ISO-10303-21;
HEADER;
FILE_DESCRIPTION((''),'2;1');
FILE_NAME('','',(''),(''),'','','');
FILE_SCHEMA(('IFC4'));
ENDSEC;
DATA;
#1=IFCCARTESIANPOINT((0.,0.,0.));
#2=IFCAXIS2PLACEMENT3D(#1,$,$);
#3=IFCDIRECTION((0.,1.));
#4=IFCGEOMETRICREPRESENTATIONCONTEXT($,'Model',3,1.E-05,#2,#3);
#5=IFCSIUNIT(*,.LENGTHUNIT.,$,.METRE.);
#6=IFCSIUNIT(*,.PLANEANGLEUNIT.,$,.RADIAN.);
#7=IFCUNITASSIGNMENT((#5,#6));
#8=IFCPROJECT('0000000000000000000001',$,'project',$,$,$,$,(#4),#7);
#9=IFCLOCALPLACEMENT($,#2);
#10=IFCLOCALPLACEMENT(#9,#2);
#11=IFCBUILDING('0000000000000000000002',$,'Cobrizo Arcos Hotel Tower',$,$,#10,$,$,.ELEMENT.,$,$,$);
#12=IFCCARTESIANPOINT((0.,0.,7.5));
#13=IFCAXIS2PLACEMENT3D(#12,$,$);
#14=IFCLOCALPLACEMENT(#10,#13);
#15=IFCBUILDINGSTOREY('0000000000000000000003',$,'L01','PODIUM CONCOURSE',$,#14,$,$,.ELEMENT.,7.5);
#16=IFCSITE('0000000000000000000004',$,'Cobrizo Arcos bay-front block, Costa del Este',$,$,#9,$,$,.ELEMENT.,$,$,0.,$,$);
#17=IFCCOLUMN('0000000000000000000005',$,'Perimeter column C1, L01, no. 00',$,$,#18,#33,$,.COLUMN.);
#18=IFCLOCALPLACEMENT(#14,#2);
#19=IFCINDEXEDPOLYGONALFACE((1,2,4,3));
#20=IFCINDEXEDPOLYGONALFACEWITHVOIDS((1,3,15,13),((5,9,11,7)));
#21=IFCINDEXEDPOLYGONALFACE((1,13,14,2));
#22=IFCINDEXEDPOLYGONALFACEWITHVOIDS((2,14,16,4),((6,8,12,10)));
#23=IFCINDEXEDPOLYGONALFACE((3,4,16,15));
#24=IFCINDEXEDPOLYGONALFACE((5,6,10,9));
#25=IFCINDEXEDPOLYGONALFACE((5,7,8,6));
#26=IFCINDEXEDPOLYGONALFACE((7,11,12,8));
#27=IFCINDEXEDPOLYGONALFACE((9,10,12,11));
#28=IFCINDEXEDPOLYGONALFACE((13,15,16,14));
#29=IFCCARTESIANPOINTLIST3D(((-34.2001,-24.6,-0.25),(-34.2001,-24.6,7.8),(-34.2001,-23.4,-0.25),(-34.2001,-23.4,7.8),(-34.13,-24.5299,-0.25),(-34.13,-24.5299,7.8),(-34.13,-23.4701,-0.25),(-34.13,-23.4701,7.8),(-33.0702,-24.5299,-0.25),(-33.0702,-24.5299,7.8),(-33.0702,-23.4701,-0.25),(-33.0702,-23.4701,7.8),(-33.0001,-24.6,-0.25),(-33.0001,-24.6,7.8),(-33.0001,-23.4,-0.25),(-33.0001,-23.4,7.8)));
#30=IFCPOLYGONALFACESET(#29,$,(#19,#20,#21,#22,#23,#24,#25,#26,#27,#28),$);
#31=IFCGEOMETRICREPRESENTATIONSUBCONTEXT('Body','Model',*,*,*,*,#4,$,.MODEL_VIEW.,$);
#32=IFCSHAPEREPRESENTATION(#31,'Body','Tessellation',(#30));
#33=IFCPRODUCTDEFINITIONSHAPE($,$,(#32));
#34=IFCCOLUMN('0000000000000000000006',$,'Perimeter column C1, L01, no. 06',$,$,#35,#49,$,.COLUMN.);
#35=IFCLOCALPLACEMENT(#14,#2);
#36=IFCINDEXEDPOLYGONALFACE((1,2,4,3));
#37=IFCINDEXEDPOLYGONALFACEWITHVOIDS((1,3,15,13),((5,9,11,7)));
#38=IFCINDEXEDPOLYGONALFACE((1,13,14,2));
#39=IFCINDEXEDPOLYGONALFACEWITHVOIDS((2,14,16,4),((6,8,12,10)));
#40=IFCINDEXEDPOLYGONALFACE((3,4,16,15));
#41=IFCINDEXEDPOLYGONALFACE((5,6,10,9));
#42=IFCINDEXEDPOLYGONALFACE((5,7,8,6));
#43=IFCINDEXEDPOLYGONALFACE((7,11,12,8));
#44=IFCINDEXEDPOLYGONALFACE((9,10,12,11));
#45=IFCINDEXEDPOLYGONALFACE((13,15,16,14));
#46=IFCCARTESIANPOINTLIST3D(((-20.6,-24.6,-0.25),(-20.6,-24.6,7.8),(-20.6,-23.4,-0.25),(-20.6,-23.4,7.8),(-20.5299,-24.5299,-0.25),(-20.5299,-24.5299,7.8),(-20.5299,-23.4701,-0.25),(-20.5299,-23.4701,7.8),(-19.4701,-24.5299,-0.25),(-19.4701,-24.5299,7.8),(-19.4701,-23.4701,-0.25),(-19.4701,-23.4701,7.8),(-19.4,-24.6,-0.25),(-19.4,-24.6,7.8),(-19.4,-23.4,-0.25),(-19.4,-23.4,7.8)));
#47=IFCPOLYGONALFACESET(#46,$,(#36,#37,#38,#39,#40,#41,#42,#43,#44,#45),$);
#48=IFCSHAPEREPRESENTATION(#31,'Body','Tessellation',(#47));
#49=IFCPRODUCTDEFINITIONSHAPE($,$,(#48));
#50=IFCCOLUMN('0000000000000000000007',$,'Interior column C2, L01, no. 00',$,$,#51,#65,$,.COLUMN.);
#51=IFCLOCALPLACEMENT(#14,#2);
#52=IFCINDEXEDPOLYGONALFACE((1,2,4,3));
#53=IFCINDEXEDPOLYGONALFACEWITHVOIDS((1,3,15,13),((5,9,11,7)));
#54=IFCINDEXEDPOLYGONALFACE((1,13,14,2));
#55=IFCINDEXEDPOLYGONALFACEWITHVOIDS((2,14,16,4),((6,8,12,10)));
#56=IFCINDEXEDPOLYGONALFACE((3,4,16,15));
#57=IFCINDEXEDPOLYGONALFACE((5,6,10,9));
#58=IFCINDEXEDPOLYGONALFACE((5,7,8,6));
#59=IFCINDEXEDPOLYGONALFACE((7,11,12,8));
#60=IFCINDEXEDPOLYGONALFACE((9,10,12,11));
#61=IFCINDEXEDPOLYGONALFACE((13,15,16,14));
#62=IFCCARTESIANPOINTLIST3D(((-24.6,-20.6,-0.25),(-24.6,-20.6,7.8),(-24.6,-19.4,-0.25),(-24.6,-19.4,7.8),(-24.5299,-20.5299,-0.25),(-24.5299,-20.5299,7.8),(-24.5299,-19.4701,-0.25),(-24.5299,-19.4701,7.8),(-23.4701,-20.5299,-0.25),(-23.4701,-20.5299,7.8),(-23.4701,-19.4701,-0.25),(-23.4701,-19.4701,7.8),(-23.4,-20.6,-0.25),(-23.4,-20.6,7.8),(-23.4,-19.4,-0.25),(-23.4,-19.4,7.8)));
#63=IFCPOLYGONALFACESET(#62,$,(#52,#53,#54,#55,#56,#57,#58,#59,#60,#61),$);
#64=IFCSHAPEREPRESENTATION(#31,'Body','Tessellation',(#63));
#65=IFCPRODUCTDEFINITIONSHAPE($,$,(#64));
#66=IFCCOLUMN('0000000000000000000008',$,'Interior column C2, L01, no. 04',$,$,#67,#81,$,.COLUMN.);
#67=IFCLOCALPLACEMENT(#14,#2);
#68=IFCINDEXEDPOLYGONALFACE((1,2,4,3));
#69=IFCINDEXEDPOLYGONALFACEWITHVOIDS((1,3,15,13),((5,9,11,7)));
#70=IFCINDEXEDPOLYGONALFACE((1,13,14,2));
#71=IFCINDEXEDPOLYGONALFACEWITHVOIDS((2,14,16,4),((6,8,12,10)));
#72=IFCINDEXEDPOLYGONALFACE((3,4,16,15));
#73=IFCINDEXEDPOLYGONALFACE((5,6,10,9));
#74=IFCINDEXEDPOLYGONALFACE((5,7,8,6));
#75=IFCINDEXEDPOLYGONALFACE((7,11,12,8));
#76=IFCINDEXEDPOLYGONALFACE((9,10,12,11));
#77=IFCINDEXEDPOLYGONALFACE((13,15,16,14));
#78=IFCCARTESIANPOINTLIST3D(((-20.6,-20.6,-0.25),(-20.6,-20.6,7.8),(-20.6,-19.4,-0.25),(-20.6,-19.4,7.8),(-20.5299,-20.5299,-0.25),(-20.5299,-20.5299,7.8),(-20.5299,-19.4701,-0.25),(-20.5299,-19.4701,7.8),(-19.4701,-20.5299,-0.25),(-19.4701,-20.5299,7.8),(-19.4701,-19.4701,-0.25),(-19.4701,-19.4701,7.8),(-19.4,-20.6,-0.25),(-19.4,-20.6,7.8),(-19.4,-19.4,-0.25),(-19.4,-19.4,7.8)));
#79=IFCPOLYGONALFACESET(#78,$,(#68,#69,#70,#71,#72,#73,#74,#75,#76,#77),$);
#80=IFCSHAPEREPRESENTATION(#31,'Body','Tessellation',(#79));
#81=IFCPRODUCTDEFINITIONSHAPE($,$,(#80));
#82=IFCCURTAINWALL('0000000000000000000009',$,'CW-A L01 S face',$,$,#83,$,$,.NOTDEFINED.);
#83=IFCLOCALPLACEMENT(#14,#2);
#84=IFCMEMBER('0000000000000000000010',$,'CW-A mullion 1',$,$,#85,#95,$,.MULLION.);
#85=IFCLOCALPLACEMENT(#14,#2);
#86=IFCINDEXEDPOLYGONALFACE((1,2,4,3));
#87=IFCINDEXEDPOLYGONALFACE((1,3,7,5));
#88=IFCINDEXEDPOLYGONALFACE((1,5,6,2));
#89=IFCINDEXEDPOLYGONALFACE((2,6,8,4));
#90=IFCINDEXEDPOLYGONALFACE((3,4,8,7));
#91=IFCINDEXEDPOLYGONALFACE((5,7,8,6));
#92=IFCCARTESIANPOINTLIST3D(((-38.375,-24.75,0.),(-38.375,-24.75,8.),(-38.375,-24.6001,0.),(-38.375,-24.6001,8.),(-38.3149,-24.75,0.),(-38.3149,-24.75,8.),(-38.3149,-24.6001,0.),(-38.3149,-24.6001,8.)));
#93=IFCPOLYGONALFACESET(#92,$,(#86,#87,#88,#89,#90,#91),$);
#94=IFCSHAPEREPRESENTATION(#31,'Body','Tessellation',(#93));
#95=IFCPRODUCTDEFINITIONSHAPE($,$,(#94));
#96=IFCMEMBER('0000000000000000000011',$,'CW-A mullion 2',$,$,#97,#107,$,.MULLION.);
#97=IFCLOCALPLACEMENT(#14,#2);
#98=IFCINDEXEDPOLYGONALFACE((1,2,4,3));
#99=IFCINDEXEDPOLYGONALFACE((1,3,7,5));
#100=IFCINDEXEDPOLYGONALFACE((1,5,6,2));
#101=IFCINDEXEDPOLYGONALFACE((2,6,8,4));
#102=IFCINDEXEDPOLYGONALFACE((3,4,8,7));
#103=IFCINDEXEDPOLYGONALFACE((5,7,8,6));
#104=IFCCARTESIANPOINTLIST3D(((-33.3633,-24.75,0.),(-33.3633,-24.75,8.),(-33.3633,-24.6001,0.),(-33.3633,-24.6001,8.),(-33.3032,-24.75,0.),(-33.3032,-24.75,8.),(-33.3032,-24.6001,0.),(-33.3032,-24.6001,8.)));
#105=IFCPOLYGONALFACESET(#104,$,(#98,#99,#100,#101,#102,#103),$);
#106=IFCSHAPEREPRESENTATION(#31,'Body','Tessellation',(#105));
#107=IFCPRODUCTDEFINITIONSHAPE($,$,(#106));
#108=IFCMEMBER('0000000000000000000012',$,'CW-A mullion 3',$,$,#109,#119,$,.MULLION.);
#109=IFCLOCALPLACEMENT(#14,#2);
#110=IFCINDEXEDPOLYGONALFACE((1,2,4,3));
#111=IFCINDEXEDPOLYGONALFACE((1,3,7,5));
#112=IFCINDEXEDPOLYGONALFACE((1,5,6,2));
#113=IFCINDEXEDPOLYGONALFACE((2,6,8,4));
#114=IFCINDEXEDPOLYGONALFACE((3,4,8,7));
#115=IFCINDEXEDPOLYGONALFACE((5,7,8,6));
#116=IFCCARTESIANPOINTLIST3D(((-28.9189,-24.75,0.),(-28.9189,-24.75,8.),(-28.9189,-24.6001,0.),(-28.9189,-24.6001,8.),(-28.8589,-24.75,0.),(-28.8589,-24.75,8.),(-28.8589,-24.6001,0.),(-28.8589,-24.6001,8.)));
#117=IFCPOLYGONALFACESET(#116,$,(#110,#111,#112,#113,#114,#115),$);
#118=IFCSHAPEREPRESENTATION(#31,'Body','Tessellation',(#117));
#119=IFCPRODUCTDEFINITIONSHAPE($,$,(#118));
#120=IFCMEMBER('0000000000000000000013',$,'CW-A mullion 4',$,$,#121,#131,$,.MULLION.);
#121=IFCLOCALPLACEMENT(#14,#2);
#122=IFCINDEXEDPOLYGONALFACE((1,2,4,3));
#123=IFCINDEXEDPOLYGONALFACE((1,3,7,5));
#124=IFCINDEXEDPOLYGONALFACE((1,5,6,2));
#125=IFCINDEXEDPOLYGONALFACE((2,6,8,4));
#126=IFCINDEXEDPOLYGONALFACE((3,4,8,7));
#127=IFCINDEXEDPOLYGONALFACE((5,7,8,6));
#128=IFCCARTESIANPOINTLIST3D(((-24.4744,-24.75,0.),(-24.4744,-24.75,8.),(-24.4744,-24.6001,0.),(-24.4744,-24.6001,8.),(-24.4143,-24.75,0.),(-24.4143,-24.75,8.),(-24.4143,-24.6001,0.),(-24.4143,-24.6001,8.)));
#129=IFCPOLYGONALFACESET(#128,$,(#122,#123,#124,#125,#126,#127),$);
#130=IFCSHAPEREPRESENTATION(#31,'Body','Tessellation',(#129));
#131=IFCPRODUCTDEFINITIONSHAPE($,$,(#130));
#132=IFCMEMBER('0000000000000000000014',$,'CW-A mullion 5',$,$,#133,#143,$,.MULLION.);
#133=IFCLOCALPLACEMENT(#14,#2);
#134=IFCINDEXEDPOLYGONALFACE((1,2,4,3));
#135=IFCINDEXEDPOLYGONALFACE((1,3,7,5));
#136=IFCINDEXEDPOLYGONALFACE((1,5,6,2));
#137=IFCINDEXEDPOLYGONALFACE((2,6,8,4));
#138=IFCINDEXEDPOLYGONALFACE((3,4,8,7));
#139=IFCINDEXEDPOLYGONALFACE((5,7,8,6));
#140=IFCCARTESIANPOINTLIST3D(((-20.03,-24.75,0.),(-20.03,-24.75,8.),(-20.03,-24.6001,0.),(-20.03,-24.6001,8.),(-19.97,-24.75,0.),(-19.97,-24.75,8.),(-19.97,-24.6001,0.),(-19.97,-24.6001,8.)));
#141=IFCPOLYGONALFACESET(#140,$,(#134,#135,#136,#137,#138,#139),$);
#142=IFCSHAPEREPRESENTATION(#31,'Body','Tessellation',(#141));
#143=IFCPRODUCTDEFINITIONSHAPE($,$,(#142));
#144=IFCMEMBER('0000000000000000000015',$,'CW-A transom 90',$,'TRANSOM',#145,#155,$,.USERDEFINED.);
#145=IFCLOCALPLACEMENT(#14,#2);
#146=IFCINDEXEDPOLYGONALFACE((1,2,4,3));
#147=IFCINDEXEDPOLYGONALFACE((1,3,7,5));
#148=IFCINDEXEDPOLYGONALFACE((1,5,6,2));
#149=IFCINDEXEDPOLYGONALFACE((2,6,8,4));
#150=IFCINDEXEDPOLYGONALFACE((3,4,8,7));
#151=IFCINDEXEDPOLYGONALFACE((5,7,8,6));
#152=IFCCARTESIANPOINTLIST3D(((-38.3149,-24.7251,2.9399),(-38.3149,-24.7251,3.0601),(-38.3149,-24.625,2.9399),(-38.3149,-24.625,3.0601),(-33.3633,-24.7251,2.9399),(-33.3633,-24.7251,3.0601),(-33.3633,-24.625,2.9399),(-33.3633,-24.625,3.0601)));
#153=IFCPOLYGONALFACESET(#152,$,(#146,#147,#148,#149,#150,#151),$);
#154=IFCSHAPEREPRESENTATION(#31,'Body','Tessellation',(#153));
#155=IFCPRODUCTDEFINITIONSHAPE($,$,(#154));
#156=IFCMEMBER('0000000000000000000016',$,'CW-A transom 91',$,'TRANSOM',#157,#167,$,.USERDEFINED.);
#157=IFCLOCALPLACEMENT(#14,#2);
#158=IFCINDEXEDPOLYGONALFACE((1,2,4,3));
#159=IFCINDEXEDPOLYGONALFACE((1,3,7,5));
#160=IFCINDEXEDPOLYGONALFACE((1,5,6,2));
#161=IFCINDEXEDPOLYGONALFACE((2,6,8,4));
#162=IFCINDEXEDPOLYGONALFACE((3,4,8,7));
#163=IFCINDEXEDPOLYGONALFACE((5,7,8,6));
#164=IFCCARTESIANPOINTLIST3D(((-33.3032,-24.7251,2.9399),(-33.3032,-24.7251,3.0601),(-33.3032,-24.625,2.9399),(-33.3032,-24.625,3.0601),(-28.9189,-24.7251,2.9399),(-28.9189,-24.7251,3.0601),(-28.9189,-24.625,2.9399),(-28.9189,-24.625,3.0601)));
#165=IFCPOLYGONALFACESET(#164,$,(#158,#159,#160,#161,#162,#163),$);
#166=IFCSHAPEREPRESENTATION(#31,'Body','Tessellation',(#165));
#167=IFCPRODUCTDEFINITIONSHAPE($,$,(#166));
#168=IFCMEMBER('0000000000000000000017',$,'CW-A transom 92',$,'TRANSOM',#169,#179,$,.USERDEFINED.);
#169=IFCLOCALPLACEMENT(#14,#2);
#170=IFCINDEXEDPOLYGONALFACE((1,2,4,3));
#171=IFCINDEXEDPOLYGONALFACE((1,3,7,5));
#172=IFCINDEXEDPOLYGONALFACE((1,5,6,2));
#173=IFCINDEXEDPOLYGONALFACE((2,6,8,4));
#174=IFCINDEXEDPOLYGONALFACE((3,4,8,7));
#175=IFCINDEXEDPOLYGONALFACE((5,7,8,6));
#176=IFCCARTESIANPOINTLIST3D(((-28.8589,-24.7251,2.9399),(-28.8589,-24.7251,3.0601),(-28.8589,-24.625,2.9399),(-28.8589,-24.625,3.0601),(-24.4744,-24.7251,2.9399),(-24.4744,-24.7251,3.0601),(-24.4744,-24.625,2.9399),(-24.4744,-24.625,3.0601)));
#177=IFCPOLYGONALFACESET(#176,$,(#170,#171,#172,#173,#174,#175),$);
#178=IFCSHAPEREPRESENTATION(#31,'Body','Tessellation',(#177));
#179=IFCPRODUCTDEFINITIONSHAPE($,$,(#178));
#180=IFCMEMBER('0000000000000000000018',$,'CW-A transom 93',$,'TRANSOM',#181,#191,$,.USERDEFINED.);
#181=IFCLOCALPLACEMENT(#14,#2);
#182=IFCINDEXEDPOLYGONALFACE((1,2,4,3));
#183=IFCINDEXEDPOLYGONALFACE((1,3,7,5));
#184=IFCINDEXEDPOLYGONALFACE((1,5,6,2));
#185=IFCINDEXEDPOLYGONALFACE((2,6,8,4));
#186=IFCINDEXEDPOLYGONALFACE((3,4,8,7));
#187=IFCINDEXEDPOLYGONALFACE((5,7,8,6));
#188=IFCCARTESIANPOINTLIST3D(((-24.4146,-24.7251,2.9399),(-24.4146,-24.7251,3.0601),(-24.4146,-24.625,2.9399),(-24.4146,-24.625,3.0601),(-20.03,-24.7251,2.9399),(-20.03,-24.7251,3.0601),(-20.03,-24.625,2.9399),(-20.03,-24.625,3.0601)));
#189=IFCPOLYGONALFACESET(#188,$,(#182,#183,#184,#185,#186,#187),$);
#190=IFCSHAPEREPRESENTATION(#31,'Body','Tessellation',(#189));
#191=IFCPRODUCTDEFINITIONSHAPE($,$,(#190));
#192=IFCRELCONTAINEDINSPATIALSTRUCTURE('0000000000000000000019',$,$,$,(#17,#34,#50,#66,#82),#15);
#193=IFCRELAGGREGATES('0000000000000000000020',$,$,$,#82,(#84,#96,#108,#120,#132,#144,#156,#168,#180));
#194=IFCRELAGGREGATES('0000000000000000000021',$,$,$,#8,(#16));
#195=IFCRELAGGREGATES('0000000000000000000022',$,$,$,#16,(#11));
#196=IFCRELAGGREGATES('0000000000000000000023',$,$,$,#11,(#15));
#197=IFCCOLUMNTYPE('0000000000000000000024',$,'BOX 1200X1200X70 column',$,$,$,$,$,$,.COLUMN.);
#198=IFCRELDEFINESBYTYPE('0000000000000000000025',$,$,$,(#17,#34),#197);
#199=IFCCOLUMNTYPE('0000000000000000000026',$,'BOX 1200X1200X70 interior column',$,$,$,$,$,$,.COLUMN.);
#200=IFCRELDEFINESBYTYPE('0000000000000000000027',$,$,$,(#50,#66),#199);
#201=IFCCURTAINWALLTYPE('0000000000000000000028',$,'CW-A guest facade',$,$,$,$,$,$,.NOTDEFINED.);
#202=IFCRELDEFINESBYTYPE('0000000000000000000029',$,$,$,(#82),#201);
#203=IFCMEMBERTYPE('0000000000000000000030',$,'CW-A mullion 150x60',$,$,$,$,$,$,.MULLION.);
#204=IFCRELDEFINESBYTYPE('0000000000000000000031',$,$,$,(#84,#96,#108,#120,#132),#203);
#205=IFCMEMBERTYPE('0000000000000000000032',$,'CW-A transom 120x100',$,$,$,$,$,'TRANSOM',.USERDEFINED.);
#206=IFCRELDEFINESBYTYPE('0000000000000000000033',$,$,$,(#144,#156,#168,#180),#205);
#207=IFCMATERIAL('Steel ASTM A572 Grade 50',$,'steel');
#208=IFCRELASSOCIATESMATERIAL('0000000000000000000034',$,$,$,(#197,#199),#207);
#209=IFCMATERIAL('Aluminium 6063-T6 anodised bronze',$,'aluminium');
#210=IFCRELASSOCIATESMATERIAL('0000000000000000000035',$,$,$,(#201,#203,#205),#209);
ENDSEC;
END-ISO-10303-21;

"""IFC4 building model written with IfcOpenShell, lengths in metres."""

from ifc_helpers import new_model, si_unit, direction, frame, origin, origin_2d, place, context, subcontext, project, spatial, rectangle, hollow_rectangle, extrude, material, material_profile, profile_set, type_object, element, aggregate, save


model = new_model("IFC4")

# Units and contexts
model_context = context("Model", 3, precision=1e-05, world=origin(), true_north=direction((0.0, 1.0)))
body_context = subcontext(model_context, "Body", "Model", "MODEL_VIEW")
ifc_project = project(units=[si_unit("LENGTHUNIT", "METRE"), si_unit("PLANEANGLEUNIT", "RADIAN")], contexts=[model_context])

# Site, building, storey
site_placement = place(None, origin())
site = spatial("IfcSite", under=ifc_project, at=site_placement, Name="Cobrizo Arcos bay-front block, Costa del Este", CompositionType="ELEMENT", RefElevation=0.0)
building_placement = place(site_placement, origin())
building = spatial("IfcBuilding", under=site, at=building_placement, Name="Cobrizo Arcos Hotel Tower", CompositionType="ELEMENT")
storey_placement = place(building_placement, frame((0.0, 0.0, 7.5)))
storey = spatial("IfcBuildingStorey", under=building, at=storey_placement, Name="L01", Description="PODIUM CONCOURSE", CompositionType="ELEMENT", Elevation=7.5)

# Columns
ifc_material_1 = material(Name="Steel ASTM A572 Grade 50", Category="steel")
ifc_material_profile_1 = material_profile(ifc_material_1, hollow_rectangle(XDim=1.2, YDim=1.2, WallThickness=0.0701, at=origin_2d()), Name="BOX 1200X1200X70")
ifc_profile_set_1 = profile_set([ifc_material_profile_1], Name="Steel ASTM A572 Grade 50")
column_type_1 = type_object("IfcColumnType", Name="BOX 1200X1200X70 column", PredefinedType="COLUMN", material=ifc_profile_set_1)
for number, where, z_axis, x_axis, name in (
    (1, (-33.6001, -24.0, -0.25), (0.0, 0.0, 1.0), (1.0, 0.0, 0.0), "Perimeter column C1, L01, no. 00"),
    (2, (-20.0, -24.0, -0.25), (0.0, 0.0, 1.0), (1.0, 0.0, 0.0), "Perimeter column C1, L01, no. 06"),
):
    element("IfcColumn", number, at=place(storey_placement, frame(where, z_axis=z_axis, x_axis=x_axis)), inside=storey, type_object=column_type_1, Name=name, PredefinedType="COLUMN", context=body_context, shape_type="SweptSolid", body=[
        extrude(hollow_rectangle(XDim=1.2, YDim=1.2, WallThickness=0.0701, at=origin_2d()), origin(), (0.0, 0.0, 1.0), 8.05),
    ])
ifc_material_profile_2 = material_profile(ifc_material_1, hollow_rectangle(XDim=1.2, YDim=1.2, WallThickness=0.0701, at=origin_2d()), Name="BOX 1200X1200X70")
ifc_profile_set_2 = profile_set([ifc_material_profile_2], Name="Steel ASTM A572 Grade 50")
column_type_2 = type_object("IfcColumnType", Name="BOX 1200X1200X70 interior column", PredefinedType="COLUMN", material=ifc_profile_set_2)
for number, where, z_axis, x_axis, name in (
    (3, (-24.0, -20.0, -0.25), (0.0, 0.0, 1.0), (1.0, 0.0, 0.0), "Interior column C2, L01, no. 00"),
    (4, (-20.0, -20.0, -0.25), (0.0, 0.0, 1.0), (1.0, 0.0, 0.0), "Interior column C2, L01, no. 04"),
):
    element("IfcColumn", number, at=place(storey_placement, frame(where, z_axis=z_axis, x_axis=x_axis)), inside=storey, type_object=column_type_2, Name=name, PredefinedType="COLUMN", context=body_context, shape_type="SweptSolid", body=[
        extrude(hollow_rectangle(XDim=1.2, YDim=1.2, WallThickness=0.0701, at=origin_2d()), origin(), (0.0, 0.0, 1.0), 8.05),
    ])

# Curtain wall, members
ifc_material_2 = material(Name="Aluminium 6063-T6 anodised bronze", Category="aluminium")
curtain_wall_type_1 = type_object("IfcCurtainWallType", Name="CW-A guest facade", PredefinedType="NOTDEFINED", material=ifc_material_2)
curtain_wall_1_placement = place(storey_placement, origin())
curtain_wall_1 = element("IfcCurtainWall", 5, at=curtain_wall_1_placement, inside=storey, type_object=curtain_wall_type_1, Name="CW-A L01 S face", PredefinedType="NOTDEFINED")
ifc_material_profile_3 = material_profile(ifc_material_2, rectangle(XDim=0.1499, YDim=0.0601, at=origin_2d()), Name="CW-A mullion 150x60")
ifc_profile_set_3 = profile_set([ifc_material_profile_3], Name="Aluminium 6063-T6 anodised bronze")
member_type_1 = type_object("IfcMemberType", Name="CW-A mullion 150x60", PredefinedType="MULLION", material=ifc_profile_set_3)
member_1_placement = place(storey_placement, frame((-38.345, -24.675, 0.0), z_axis=(0.0, 0.0, 1.0), x_axis=(0.0, -1.0, 0.0)))
member_1 = element("IfcMember", 6, at=member_1_placement, type_object=member_type_1, Name="CW-A mullion 1", PredefinedType="MULLION", context=body_context, shape_type="SweptSolid", body=[
    extrude(rectangle(XDim=0.1499, YDim=0.0601, at=origin_2d()), origin(), (0.0, 0.0, 1.0), 8.0),
])
member_2_placement = place(storey_placement, frame((-33.3333, -24.675, 0.0), z_axis=(0.0, 0.0, 1.0), x_axis=(0.0, -1.0, 0.0)))
member_2 = element("IfcMember", 7, at=member_2_placement, type_object=member_type_1, Name="CW-A mullion 2", PredefinedType="MULLION", context=body_context, shape_type="SweptSolid", body=[
    extrude(rectangle(XDim=0.1499, YDim=0.0601, at=origin_2d()), origin(), (0.0, 0.0, 1.0), 8.0),
])
member_3_placement = place(storey_placement, frame((-28.8889, -24.675, 0.0), z_axis=(0.0, 0.0, 1.0), x_axis=(0.0, -1.0, 0.0)))
member_3 = element("IfcMember", 8, at=member_3_placement, type_object=member_type_1, Name="CW-A mullion 3", PredefinedType="MULLION", context=body_context, shape_type="SweptSolid", body=[
    extrude(rectangle(XDim=0.1499, YDim=0.0601, at=origin_2d()), origin(), (0.0, 0.0, 1.0), 8.0),
])
member_4_placement = place(storey_placement, frame((-24.4443, -24.675, 0.0), z_axis=(0.0, 0.0, 1.0), x_axis=(0.0, -1.0, 0.0)))
member_4 = element("IfcMember", 9, at=member_4_placement, type_object=member_type_1, Name="CW-A mullion 4", PredefinedType="MULLION", context=body_context, shape_type="SweptSolid", body=[
    extrude(rectangle(XDim=0.1499, YDim=0.0601, at=origin_2d()), origin(), (0.0, 0.0, 1.0), 8.0),
])
member_5_placement = place(storey_placement, frame((-20.0, -24.675, 0.0), z_axis=(0.0, 0.0, 1.0), x_axis=(0.0, -1.0, 0.0)))
member_5 = element("IfcMember", 10, at=member_5_placement, type_object=member_type_1, Name="CW-A mullion 5", PredefinedType="MULLION", context=body_context, shape_type="SweptSolid", body=[
    extrude(rectangle(XDim=0.1499, YDim=0.0601, at=origin_2d()), origin(), (0.0, 0.0, 1.0), 8.0),
])
ifc_material_profile_4 = material_profile(ifc_material_2, rectangle(XDim=0.1001, YDim=0.1201, at=origin_2d()), Name="CW-A transom 120x100")
ifc_profile_set_4 = profile_set([ifc_material_profile_4], Name="Aluminium 6063-T6 anodised bronze")
member_type_2 = type_object("IfcMemberType", Name="CW-A transom 120x100", ElementType="TRANSOM", PredefinedType="USERDEFINED", material=ifc_profile_set_4)
member_6_placement = place(storey_placement, frame((-38.3149, -24.675, 3.0), z_axis=(1.0, 0.0, 0.0), x_axis=(0.0, 1.0, 0.0)))
member_6 = element("IfcMember", 11, at=member_6_placement, type_object=member_type_2, Name="CW-A transom 90", ObjectType="TRANSOM", PredefinedType="USERDEFINED", context=body_context, shape_type="SweptSolid", body=[
    extrude(rectangle(XDim=0.1001, YDim=0.1201, at=origin_2d()), origin(), (0.0, 0.0, 1.0), 4.9517),
])
member_7_placement = place(storey_placement, frame((-33.3032, -24.675, 3.0), z_axis=(1.0, 0.0, 0.0), x_axis=(0.0, 1.0, 0.0)))
member_7 = element("IfcMember", 12, at=member_7_placement, type_object=member_type_2, Name="CW-A transom 91", ObjectType="TRANSOM", PredefinedType="USERDEFINED", context=body_context, shape_type="SweptSolid", body=[
    extrude(rectangle(XDim=0.1001, YDim=0.1201, at=origin_2d()), origin(), (0.0, 0.0, 1.0), 4.3843),
])
member_8_placement = place(storey_placement, frame((-28.8589, -24.675, 3.0), z_axis=(1.0, 0.0, 0.0), x_axis=(0.0, 1.0, 0.0)))
member_8 = element("IfcMember", 13, at=member_8_placement, type_object=member_type_2, Name="CW-A transom 92", ObjectType="TRANSOM", PredefinedType="USERDEFINED", context=body_context, shape_type="SweptSolid", body=[
    extrude(rectangle(XDim=0.1001, YDim=0.1201, at=origin_2d()), origin(), (0.0, 0.0, 1.0), 4.3845),
])
member_9_placement = place(storey_placement, frame((-24.4146, -24.675, 3.0), z_axis=(1.0, 0.0, 0.0), x_axis=(0.0, 1.0, 0.0)))
member_9 = element("IfcMember", 14, at=member_9_placement, type_object=member_type_2, Name="CW-A transom 93", ObjectType="TRANSOM", PredefinedType="USERDEFINED", context=body_context, shape_type="SweptSolid", body=[
    extrude(rectangle(XDim=0.1001, YDim=0.1201, at=origin_2d()), origin(), (0.0, 0.0, 1.0), 4.3845),
])

aggregate(curtain_wall_1, [member_1, member_2, member_3, member_4, member_5, member_6, member_7, member_8, member_9])

save(model, "model.ifc")
